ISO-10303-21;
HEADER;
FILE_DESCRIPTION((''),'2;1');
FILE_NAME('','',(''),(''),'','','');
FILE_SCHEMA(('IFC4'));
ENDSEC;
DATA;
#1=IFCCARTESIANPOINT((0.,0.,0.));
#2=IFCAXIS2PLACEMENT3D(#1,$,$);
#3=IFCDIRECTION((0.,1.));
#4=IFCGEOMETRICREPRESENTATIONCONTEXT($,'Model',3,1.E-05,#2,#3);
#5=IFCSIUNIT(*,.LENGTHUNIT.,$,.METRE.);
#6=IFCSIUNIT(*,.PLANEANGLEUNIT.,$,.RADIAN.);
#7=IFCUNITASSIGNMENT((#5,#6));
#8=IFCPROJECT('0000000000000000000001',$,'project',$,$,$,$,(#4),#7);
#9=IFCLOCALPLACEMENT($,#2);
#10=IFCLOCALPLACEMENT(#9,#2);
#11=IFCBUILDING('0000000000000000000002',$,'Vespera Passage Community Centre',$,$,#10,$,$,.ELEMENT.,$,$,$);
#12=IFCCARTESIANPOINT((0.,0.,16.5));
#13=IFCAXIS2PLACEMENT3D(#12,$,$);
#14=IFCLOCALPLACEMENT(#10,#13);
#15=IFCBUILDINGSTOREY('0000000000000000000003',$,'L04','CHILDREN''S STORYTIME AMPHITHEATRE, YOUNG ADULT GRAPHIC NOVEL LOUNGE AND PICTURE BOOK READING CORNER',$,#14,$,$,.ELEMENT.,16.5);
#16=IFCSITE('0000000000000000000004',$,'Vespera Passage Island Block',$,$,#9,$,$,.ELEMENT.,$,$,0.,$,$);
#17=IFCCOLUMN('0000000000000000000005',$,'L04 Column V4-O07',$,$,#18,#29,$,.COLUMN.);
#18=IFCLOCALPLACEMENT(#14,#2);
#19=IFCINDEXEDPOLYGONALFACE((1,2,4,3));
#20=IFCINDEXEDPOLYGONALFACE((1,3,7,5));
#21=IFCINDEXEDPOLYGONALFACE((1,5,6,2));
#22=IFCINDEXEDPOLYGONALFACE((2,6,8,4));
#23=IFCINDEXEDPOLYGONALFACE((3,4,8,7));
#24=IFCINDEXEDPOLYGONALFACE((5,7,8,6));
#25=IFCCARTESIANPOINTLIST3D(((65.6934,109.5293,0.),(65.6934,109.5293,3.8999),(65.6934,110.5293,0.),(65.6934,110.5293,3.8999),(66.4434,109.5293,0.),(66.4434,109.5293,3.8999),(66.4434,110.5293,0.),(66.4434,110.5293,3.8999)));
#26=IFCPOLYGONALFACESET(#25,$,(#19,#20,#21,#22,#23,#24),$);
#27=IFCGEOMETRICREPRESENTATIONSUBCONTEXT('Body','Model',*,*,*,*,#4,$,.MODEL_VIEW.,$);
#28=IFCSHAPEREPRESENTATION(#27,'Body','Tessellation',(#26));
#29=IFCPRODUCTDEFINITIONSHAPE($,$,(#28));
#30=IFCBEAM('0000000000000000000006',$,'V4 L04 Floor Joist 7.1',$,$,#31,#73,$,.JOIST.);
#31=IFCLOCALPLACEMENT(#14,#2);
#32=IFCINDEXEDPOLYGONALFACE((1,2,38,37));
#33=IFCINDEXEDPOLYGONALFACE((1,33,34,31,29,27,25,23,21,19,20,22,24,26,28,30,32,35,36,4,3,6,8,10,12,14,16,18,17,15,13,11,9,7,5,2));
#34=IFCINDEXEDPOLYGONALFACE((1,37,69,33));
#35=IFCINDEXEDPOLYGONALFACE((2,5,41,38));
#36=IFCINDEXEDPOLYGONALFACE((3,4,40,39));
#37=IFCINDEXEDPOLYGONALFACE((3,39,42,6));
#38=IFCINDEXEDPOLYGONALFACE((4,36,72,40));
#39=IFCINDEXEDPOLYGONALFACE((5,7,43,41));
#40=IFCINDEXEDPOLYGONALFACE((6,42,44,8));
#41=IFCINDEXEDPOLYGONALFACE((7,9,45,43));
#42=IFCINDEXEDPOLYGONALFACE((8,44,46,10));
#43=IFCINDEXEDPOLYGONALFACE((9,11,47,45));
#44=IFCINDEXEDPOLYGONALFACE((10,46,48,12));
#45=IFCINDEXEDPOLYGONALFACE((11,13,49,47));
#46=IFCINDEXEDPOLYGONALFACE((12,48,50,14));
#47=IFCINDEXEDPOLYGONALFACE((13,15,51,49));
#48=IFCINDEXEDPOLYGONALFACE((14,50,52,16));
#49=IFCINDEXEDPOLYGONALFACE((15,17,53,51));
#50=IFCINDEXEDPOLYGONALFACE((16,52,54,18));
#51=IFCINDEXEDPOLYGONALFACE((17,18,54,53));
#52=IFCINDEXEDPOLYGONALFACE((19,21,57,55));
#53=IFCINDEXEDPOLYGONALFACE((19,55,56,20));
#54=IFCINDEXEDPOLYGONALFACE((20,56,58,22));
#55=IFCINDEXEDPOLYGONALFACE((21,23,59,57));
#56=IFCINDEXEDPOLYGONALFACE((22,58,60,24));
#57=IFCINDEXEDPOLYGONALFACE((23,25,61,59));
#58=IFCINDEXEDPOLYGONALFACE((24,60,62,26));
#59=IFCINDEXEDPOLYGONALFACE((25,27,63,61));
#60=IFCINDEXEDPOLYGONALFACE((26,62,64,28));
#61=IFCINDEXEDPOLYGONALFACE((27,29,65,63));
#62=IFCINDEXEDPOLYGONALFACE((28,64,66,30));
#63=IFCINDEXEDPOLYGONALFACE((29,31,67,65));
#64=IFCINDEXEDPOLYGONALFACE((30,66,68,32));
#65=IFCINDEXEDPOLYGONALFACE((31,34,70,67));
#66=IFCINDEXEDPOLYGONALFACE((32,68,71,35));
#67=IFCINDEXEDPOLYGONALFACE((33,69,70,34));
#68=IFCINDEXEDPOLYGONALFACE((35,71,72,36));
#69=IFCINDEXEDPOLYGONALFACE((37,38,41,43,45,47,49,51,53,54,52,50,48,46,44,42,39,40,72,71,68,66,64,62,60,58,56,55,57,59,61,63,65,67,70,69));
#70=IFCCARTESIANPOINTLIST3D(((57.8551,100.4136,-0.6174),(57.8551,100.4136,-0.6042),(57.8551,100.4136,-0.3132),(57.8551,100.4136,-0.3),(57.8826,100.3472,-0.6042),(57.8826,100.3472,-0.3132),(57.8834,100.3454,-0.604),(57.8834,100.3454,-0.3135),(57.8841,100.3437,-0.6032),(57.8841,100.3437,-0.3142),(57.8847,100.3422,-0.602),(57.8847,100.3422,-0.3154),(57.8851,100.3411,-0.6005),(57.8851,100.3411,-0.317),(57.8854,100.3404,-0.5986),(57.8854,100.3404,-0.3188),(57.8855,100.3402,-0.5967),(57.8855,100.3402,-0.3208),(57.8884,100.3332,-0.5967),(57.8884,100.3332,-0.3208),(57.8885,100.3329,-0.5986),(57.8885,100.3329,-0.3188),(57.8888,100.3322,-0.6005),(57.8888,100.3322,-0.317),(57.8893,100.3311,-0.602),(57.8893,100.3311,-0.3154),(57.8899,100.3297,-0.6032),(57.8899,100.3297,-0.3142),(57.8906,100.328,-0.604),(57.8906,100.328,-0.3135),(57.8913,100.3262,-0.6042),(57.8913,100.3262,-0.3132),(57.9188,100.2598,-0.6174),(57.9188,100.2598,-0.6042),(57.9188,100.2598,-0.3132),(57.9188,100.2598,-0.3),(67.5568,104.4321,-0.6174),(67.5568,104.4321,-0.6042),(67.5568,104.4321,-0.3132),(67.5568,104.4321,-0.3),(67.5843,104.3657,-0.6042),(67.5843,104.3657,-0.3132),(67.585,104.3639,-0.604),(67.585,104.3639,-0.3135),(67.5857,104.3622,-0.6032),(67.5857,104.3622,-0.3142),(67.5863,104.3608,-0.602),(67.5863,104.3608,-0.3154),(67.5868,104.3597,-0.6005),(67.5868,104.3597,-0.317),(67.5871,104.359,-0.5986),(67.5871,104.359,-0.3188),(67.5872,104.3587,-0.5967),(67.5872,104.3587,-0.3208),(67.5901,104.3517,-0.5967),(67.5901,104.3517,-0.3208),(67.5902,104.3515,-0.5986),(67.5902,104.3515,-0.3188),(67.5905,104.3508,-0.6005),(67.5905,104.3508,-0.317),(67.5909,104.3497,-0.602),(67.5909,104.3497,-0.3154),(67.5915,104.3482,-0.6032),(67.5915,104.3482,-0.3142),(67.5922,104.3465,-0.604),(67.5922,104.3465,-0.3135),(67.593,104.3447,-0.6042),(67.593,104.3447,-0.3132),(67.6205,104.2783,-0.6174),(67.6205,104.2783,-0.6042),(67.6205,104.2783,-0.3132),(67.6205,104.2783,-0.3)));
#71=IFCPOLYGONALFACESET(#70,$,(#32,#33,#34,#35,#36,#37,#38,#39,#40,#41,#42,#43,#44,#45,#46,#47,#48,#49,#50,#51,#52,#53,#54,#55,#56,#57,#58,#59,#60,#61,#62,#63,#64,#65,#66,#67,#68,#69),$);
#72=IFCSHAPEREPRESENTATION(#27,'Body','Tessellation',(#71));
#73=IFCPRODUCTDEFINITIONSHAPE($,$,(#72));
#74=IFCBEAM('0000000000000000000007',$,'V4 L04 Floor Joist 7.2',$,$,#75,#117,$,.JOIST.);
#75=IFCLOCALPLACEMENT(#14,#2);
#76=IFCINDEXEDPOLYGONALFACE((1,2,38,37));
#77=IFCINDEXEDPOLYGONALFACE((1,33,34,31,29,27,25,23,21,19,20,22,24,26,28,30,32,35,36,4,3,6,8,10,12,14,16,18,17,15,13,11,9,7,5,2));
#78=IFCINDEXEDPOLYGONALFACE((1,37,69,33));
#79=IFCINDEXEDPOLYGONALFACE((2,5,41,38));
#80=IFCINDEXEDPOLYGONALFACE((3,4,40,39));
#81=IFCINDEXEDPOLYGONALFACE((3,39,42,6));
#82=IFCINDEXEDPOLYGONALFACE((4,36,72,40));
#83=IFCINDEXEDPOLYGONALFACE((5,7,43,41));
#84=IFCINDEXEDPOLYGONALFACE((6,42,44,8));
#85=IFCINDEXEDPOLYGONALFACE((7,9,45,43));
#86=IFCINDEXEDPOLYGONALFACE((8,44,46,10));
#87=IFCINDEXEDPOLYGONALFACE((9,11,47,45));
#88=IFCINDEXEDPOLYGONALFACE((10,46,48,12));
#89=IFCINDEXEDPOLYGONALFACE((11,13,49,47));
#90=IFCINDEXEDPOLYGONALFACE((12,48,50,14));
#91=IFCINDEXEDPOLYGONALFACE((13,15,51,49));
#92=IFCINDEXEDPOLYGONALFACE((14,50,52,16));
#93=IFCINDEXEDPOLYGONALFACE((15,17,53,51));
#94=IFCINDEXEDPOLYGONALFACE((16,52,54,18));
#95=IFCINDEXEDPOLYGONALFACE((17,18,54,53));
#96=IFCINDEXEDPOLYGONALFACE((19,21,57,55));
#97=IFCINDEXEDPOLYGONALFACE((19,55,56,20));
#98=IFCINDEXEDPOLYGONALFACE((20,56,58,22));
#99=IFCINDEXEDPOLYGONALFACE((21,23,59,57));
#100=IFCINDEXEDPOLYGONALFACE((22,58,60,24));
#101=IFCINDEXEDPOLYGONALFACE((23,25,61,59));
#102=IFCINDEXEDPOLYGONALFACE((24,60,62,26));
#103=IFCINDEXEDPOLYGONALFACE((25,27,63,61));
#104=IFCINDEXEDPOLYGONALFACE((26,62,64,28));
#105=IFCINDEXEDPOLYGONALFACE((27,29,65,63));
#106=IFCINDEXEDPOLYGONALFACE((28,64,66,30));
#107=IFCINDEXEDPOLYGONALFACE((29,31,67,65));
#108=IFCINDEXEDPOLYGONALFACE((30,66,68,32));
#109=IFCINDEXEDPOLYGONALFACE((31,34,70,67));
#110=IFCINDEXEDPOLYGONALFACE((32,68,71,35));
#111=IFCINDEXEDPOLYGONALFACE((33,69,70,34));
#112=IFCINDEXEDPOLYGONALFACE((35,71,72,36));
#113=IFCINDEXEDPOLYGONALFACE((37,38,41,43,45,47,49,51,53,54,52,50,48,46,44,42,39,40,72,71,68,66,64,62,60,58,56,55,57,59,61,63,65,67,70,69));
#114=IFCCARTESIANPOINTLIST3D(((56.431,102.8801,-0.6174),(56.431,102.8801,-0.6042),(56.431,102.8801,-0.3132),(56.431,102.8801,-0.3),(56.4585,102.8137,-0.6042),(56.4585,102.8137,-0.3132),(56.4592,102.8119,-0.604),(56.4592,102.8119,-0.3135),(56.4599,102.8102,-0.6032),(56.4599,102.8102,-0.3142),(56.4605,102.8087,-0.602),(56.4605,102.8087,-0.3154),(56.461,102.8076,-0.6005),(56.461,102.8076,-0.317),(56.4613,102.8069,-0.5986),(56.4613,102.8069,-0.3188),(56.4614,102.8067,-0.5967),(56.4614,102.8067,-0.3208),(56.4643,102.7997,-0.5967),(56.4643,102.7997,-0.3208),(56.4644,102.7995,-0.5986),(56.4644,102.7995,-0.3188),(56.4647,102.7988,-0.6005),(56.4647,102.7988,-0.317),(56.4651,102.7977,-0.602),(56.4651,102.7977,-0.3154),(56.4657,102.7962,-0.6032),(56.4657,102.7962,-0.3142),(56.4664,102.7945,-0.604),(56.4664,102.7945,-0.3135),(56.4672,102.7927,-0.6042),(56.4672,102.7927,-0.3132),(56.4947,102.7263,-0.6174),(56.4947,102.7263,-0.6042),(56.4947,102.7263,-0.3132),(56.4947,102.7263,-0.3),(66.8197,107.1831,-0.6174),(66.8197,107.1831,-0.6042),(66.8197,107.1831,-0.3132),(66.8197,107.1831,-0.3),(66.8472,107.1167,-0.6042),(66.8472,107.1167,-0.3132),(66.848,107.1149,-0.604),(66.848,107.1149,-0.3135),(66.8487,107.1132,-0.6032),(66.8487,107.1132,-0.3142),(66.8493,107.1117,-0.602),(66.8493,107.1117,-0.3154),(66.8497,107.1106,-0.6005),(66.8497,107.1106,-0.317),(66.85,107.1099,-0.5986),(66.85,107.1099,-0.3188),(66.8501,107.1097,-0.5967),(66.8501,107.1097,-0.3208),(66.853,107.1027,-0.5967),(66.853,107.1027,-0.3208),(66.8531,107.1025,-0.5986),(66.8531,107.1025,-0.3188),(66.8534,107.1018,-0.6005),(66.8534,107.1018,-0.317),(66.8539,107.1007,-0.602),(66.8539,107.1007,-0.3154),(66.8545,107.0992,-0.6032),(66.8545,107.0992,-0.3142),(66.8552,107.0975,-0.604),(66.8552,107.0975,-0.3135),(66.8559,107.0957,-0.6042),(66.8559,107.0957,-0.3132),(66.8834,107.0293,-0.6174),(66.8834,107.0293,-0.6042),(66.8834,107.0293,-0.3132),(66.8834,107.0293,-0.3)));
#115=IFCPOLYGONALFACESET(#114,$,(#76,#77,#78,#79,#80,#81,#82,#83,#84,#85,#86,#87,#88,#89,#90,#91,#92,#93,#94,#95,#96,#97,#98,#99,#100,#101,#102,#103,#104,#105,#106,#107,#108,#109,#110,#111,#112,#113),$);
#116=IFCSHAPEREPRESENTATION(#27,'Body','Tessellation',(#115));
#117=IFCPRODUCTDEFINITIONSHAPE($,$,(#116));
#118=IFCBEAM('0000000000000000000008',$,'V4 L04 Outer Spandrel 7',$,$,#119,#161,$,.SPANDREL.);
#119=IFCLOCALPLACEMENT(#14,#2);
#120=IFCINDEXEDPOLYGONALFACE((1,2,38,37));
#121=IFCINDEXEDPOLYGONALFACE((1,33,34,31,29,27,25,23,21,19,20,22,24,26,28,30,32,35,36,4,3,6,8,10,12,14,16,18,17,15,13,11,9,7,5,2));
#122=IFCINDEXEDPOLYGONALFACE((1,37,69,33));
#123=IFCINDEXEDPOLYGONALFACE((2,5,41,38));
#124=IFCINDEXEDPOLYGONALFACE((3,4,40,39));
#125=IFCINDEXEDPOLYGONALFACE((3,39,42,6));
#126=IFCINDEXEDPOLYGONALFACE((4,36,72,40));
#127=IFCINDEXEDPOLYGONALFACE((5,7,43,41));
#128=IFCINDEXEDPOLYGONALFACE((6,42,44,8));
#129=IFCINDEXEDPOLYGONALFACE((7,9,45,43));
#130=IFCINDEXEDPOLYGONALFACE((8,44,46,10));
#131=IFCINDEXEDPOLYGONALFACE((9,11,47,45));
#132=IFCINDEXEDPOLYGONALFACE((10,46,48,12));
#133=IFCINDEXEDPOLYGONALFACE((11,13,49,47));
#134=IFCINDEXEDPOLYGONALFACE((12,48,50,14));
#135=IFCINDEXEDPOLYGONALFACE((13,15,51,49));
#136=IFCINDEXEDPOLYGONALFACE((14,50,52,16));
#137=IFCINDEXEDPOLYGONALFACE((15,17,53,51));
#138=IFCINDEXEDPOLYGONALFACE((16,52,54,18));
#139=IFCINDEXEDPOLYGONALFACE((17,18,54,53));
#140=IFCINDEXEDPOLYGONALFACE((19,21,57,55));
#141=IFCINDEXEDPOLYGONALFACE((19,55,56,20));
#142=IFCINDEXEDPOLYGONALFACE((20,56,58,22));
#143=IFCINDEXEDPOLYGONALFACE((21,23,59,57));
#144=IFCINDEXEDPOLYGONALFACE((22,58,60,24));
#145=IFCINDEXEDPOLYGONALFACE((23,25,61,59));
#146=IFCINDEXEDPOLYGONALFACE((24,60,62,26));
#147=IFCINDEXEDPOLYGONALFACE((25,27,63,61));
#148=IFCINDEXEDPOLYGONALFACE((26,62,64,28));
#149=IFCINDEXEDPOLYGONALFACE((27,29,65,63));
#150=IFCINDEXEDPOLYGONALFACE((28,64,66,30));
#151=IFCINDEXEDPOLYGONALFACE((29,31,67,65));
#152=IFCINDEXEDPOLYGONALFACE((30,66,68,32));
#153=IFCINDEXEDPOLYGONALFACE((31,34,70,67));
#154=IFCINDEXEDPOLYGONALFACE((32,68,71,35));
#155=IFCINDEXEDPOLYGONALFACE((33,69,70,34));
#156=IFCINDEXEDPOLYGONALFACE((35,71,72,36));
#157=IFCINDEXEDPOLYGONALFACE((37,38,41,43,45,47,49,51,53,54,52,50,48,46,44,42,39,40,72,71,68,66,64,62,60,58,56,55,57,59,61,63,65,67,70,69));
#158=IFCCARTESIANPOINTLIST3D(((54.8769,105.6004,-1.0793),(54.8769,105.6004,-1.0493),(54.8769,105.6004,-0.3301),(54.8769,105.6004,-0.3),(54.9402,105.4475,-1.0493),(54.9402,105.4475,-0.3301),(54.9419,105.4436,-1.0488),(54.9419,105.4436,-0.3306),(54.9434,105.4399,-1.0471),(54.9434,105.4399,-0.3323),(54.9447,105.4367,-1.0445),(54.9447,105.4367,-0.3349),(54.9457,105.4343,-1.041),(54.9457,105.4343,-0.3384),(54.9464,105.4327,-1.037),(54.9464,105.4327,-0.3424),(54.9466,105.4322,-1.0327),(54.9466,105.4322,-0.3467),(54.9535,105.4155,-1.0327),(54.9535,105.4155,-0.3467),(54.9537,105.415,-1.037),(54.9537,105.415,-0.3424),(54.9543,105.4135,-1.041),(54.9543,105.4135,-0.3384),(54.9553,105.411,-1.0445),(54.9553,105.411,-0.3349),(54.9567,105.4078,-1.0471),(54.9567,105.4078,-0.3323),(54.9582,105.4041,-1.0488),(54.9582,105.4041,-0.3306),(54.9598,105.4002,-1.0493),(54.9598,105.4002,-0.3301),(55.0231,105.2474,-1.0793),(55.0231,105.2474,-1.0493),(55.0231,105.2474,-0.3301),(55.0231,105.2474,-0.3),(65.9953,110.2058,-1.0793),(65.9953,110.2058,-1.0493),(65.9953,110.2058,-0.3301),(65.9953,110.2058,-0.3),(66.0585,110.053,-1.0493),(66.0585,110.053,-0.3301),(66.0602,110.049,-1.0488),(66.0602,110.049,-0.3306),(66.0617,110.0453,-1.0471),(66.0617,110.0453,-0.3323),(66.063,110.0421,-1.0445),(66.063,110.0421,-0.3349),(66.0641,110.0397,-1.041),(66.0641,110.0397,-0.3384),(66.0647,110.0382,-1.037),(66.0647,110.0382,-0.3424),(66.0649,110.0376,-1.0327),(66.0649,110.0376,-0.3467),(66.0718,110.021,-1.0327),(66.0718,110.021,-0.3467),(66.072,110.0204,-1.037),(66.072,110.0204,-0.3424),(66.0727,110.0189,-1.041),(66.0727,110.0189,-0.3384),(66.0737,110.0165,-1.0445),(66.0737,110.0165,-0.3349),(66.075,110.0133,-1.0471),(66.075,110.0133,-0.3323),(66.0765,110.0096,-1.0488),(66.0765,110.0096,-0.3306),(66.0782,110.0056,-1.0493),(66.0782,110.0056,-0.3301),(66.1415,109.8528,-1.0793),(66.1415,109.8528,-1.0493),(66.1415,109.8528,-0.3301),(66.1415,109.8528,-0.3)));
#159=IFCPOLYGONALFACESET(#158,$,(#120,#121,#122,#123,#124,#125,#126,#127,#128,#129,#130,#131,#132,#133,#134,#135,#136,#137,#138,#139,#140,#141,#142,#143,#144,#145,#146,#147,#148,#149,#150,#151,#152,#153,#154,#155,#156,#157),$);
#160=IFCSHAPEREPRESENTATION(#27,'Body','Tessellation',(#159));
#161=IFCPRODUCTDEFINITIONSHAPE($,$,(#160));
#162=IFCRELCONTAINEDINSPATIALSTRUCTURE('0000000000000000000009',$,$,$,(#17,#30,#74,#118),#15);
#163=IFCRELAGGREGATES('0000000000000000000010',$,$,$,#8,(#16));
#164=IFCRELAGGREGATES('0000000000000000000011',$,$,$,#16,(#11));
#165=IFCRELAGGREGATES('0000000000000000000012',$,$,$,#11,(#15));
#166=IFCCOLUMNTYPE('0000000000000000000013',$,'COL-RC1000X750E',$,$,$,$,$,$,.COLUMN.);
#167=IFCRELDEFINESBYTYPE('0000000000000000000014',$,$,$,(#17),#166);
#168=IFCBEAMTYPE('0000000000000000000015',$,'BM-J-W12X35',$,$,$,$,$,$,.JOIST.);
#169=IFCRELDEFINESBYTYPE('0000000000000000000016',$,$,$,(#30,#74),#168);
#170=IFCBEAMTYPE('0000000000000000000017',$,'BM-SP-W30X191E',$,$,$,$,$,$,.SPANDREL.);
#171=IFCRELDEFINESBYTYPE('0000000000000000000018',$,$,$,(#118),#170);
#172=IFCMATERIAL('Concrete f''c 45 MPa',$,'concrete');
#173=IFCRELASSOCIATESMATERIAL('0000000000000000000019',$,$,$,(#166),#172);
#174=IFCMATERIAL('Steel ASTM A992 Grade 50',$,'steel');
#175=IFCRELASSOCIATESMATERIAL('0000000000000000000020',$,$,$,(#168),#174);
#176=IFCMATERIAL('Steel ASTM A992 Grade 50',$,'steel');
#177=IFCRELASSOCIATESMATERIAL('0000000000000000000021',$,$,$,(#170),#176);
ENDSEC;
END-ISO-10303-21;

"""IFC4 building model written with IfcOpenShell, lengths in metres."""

from ifc_helpers import new_model, si_unit, direction, frame, origin, origin_2d, place, context, subcontext, project, spatial, rectangle, i_section, extrude, material, material_profile, profile_set, type_object, element, save


model = new_model("IFC4")

# Units and contexts
model_context = context("Model", 3, precision=1e-05, world=origin(), true_north=direction((0.0, 1.0)))
body_context = subcontext(model_context, "Body", "Model", "MODEL_VIEW")
ifc_project = project(units=[si_unit("LENGTHUNIT", "METRE"), si_unit("PLANEANGLEUNIT", "RADIAN")], contexts=[model_context])

# Site, building, storey
site_placement = place(None, origin())
site = spatial("IfcSite", under=ifc_project, at=site_placement, Name="Vespera Passage Island Block", CompositionType="ELEMENT", RefElevation=0.0)
building_placement = place(site_placement, origin())
building = spatial("IfcBuilding", under=site, at=building_placement, Name="Vespera Passage Community Centre", CompositionType="ELEMENT")
storey_placement = place(building_placement, frame((0.0, 0.0, 16.5)))
storey = spatial("IfcBuildingStorey", under=building, at=storey_placement, Name="L04", Description="CHILDREN'S STORYTIME AMPHITHEATRE, YOUNG ADULT GRAPHIC NOVEL LOUNGE AND PICTURE BOOK READING CORNER", CompositionType="ELEMENT", Elevation=16.5)

# Column
ifc_material_1 = material(Name="Concrete f'c 45 MPa", Category="concrete")
ifc_material_profile_1 = material_profile(ifc_material_1, rectangle(XDim=0.75, YDim=1.0, at=origin_2d()), Name="RC1000X750")
ifc_profile_set_1 = profile_set([ifc_material_profile_1], Name="Concrete f'c 45 MPa")
column_type = type_object("IfcColumnType", Name="COL-RC1000X750E", PredefinedType="COLUMN", material=ifc_profile_set_1)
column_placement = place(storey_placement, frame((66.0684, 110.0293, 0.0), z_axis=(0.0, 0.0, 1.0), x_axis=(1.0, 0.0, 0.0)))
element("IfcColumn", 1, at=column_placement, inside=storey, type_object=column_type, Name="L04 Column V4-O07", PredefinedType="COLUMN", context=body_context, shape_type="SweptSolid", body=[
    extrude(rectangle(XDim=0.75, YDim=1.0, at=origin_2d()), origin(), (0.0, 0.0, 1.0), 3.8999),
])

# Beams
ifc_material_2 = material(Name="Steel ASTM A992 Grade 50", Category="steel")
ifc_material_profile_2 = material_profile(ifc_material_2, i_section(OverallWidth=0.1665, OverallDepth=0.3174, WebThickness=0.0076, FlangeThickness=0.0132, FilletRadius=0.0076, at=origin_2d()), Name="W12X35")
ifc_profile_set_2 = profile_set([ifc_material_profile_2], Name="Steel ASTM A992 Grade 50")
beam_type_1 = type_object("IfcBeamType", Name="BM-J-W12X35", PredefinedType="JOIST", material=ifc_profile_set_2)
beam_1_placement = place(storey_placement, frame((67.5886, 104.3552, -0.4587), z_axis=(-0.92388, -0.382683, 0.0), x_axis=(0.382683, -0.92388, 0.0)))
element("IfcBeam", 2, at=beam_1_placement, inside=storey, type_object=beam_type_1, Name="V4 L04 Floor Joist 7.1", PredefinedType="JOIST", context=body_context, shape_type="SweptSolid", body=[
    extrude(i_section(OverallWidth=0.1665, OverallDepth=0.3174, WebThickness=0.0076, FlangeThickness=0.0132, FilletRadius=0.0076, at=origin_2d()), origin(), (0.0, 0.0, 1.0), 10.501),
])
beam_2_placement = place(storey_placement, frame((66.8516, 107.1062, -0.4587), z_axis=(-0.923884, -0.382672, 0.0), x_axis=(0.382672, -0.923884, 0.0)))
element("IfcBeam", 3, at=beam_2_placement, inside=storey, type_object=beam_type_1, Name="V4 L04 Floor Joist 7.2", PredefinedType="JOIST", context=body_context, shape_type="SweptSolid", body=[
    extrude(i_section(OverallWidth=0.1665, OverallDepth=0.3174, WebThickness=0.0076, FlangeThickness=0.0132, FilletRadius=0.0076, at=origin_2d()), origin(), (0.0, 0.0, 1.0), 11.2446),
])
ifc_material_3 = material(Name="Steel ASTM A992 Grade 50", Category="steel")
ifc_material_profile_3 = material_profile(ifc_material_3, i_section(OverallWidth=0.3821, OverallDepth=0.7793, WebThickness=0.0181, FlangeThickness=0.03, FilletRadius=0.0166, at=origin_2d()), Name="W30X191")
ifc_profile_set_3 = profile_set([ifc_material_profile_3], Name="Steel ASTM A992 Grade 50")
beam_type_2 = type_object("IfcBeamType", Name="BM-SP-W30X191E", PredefinedType="SPANDREL", material=ifc_profile_set_3)
beam_3_placement = place(storey_placement, frame((66.0684, 110.0293, -0.6897), z_axis=(-0.923877, -0.382689, 0.0), x_axis=(0.382689, -0.923877, 0.0)))
element("IfcBeam", 4, at=beam_3_placement, inside=storey, type_object=beam_type_2, Name="V4 L04 Outer Spandrel 7", PredefinedType="SPANDREL", context=body_context, shape_type="SweptSolid", body=[
    extrude(i_section(OverallWidth=0.3821, OverallDepth=0.7793, WebThickness=0.0181, FlangeThickness=0.03, FilletRadius=0.0166, at=origin_2d()), origin(), (0.0, 0.0, 1.0), 12.0344),
])

save(model, "model.ifc")
